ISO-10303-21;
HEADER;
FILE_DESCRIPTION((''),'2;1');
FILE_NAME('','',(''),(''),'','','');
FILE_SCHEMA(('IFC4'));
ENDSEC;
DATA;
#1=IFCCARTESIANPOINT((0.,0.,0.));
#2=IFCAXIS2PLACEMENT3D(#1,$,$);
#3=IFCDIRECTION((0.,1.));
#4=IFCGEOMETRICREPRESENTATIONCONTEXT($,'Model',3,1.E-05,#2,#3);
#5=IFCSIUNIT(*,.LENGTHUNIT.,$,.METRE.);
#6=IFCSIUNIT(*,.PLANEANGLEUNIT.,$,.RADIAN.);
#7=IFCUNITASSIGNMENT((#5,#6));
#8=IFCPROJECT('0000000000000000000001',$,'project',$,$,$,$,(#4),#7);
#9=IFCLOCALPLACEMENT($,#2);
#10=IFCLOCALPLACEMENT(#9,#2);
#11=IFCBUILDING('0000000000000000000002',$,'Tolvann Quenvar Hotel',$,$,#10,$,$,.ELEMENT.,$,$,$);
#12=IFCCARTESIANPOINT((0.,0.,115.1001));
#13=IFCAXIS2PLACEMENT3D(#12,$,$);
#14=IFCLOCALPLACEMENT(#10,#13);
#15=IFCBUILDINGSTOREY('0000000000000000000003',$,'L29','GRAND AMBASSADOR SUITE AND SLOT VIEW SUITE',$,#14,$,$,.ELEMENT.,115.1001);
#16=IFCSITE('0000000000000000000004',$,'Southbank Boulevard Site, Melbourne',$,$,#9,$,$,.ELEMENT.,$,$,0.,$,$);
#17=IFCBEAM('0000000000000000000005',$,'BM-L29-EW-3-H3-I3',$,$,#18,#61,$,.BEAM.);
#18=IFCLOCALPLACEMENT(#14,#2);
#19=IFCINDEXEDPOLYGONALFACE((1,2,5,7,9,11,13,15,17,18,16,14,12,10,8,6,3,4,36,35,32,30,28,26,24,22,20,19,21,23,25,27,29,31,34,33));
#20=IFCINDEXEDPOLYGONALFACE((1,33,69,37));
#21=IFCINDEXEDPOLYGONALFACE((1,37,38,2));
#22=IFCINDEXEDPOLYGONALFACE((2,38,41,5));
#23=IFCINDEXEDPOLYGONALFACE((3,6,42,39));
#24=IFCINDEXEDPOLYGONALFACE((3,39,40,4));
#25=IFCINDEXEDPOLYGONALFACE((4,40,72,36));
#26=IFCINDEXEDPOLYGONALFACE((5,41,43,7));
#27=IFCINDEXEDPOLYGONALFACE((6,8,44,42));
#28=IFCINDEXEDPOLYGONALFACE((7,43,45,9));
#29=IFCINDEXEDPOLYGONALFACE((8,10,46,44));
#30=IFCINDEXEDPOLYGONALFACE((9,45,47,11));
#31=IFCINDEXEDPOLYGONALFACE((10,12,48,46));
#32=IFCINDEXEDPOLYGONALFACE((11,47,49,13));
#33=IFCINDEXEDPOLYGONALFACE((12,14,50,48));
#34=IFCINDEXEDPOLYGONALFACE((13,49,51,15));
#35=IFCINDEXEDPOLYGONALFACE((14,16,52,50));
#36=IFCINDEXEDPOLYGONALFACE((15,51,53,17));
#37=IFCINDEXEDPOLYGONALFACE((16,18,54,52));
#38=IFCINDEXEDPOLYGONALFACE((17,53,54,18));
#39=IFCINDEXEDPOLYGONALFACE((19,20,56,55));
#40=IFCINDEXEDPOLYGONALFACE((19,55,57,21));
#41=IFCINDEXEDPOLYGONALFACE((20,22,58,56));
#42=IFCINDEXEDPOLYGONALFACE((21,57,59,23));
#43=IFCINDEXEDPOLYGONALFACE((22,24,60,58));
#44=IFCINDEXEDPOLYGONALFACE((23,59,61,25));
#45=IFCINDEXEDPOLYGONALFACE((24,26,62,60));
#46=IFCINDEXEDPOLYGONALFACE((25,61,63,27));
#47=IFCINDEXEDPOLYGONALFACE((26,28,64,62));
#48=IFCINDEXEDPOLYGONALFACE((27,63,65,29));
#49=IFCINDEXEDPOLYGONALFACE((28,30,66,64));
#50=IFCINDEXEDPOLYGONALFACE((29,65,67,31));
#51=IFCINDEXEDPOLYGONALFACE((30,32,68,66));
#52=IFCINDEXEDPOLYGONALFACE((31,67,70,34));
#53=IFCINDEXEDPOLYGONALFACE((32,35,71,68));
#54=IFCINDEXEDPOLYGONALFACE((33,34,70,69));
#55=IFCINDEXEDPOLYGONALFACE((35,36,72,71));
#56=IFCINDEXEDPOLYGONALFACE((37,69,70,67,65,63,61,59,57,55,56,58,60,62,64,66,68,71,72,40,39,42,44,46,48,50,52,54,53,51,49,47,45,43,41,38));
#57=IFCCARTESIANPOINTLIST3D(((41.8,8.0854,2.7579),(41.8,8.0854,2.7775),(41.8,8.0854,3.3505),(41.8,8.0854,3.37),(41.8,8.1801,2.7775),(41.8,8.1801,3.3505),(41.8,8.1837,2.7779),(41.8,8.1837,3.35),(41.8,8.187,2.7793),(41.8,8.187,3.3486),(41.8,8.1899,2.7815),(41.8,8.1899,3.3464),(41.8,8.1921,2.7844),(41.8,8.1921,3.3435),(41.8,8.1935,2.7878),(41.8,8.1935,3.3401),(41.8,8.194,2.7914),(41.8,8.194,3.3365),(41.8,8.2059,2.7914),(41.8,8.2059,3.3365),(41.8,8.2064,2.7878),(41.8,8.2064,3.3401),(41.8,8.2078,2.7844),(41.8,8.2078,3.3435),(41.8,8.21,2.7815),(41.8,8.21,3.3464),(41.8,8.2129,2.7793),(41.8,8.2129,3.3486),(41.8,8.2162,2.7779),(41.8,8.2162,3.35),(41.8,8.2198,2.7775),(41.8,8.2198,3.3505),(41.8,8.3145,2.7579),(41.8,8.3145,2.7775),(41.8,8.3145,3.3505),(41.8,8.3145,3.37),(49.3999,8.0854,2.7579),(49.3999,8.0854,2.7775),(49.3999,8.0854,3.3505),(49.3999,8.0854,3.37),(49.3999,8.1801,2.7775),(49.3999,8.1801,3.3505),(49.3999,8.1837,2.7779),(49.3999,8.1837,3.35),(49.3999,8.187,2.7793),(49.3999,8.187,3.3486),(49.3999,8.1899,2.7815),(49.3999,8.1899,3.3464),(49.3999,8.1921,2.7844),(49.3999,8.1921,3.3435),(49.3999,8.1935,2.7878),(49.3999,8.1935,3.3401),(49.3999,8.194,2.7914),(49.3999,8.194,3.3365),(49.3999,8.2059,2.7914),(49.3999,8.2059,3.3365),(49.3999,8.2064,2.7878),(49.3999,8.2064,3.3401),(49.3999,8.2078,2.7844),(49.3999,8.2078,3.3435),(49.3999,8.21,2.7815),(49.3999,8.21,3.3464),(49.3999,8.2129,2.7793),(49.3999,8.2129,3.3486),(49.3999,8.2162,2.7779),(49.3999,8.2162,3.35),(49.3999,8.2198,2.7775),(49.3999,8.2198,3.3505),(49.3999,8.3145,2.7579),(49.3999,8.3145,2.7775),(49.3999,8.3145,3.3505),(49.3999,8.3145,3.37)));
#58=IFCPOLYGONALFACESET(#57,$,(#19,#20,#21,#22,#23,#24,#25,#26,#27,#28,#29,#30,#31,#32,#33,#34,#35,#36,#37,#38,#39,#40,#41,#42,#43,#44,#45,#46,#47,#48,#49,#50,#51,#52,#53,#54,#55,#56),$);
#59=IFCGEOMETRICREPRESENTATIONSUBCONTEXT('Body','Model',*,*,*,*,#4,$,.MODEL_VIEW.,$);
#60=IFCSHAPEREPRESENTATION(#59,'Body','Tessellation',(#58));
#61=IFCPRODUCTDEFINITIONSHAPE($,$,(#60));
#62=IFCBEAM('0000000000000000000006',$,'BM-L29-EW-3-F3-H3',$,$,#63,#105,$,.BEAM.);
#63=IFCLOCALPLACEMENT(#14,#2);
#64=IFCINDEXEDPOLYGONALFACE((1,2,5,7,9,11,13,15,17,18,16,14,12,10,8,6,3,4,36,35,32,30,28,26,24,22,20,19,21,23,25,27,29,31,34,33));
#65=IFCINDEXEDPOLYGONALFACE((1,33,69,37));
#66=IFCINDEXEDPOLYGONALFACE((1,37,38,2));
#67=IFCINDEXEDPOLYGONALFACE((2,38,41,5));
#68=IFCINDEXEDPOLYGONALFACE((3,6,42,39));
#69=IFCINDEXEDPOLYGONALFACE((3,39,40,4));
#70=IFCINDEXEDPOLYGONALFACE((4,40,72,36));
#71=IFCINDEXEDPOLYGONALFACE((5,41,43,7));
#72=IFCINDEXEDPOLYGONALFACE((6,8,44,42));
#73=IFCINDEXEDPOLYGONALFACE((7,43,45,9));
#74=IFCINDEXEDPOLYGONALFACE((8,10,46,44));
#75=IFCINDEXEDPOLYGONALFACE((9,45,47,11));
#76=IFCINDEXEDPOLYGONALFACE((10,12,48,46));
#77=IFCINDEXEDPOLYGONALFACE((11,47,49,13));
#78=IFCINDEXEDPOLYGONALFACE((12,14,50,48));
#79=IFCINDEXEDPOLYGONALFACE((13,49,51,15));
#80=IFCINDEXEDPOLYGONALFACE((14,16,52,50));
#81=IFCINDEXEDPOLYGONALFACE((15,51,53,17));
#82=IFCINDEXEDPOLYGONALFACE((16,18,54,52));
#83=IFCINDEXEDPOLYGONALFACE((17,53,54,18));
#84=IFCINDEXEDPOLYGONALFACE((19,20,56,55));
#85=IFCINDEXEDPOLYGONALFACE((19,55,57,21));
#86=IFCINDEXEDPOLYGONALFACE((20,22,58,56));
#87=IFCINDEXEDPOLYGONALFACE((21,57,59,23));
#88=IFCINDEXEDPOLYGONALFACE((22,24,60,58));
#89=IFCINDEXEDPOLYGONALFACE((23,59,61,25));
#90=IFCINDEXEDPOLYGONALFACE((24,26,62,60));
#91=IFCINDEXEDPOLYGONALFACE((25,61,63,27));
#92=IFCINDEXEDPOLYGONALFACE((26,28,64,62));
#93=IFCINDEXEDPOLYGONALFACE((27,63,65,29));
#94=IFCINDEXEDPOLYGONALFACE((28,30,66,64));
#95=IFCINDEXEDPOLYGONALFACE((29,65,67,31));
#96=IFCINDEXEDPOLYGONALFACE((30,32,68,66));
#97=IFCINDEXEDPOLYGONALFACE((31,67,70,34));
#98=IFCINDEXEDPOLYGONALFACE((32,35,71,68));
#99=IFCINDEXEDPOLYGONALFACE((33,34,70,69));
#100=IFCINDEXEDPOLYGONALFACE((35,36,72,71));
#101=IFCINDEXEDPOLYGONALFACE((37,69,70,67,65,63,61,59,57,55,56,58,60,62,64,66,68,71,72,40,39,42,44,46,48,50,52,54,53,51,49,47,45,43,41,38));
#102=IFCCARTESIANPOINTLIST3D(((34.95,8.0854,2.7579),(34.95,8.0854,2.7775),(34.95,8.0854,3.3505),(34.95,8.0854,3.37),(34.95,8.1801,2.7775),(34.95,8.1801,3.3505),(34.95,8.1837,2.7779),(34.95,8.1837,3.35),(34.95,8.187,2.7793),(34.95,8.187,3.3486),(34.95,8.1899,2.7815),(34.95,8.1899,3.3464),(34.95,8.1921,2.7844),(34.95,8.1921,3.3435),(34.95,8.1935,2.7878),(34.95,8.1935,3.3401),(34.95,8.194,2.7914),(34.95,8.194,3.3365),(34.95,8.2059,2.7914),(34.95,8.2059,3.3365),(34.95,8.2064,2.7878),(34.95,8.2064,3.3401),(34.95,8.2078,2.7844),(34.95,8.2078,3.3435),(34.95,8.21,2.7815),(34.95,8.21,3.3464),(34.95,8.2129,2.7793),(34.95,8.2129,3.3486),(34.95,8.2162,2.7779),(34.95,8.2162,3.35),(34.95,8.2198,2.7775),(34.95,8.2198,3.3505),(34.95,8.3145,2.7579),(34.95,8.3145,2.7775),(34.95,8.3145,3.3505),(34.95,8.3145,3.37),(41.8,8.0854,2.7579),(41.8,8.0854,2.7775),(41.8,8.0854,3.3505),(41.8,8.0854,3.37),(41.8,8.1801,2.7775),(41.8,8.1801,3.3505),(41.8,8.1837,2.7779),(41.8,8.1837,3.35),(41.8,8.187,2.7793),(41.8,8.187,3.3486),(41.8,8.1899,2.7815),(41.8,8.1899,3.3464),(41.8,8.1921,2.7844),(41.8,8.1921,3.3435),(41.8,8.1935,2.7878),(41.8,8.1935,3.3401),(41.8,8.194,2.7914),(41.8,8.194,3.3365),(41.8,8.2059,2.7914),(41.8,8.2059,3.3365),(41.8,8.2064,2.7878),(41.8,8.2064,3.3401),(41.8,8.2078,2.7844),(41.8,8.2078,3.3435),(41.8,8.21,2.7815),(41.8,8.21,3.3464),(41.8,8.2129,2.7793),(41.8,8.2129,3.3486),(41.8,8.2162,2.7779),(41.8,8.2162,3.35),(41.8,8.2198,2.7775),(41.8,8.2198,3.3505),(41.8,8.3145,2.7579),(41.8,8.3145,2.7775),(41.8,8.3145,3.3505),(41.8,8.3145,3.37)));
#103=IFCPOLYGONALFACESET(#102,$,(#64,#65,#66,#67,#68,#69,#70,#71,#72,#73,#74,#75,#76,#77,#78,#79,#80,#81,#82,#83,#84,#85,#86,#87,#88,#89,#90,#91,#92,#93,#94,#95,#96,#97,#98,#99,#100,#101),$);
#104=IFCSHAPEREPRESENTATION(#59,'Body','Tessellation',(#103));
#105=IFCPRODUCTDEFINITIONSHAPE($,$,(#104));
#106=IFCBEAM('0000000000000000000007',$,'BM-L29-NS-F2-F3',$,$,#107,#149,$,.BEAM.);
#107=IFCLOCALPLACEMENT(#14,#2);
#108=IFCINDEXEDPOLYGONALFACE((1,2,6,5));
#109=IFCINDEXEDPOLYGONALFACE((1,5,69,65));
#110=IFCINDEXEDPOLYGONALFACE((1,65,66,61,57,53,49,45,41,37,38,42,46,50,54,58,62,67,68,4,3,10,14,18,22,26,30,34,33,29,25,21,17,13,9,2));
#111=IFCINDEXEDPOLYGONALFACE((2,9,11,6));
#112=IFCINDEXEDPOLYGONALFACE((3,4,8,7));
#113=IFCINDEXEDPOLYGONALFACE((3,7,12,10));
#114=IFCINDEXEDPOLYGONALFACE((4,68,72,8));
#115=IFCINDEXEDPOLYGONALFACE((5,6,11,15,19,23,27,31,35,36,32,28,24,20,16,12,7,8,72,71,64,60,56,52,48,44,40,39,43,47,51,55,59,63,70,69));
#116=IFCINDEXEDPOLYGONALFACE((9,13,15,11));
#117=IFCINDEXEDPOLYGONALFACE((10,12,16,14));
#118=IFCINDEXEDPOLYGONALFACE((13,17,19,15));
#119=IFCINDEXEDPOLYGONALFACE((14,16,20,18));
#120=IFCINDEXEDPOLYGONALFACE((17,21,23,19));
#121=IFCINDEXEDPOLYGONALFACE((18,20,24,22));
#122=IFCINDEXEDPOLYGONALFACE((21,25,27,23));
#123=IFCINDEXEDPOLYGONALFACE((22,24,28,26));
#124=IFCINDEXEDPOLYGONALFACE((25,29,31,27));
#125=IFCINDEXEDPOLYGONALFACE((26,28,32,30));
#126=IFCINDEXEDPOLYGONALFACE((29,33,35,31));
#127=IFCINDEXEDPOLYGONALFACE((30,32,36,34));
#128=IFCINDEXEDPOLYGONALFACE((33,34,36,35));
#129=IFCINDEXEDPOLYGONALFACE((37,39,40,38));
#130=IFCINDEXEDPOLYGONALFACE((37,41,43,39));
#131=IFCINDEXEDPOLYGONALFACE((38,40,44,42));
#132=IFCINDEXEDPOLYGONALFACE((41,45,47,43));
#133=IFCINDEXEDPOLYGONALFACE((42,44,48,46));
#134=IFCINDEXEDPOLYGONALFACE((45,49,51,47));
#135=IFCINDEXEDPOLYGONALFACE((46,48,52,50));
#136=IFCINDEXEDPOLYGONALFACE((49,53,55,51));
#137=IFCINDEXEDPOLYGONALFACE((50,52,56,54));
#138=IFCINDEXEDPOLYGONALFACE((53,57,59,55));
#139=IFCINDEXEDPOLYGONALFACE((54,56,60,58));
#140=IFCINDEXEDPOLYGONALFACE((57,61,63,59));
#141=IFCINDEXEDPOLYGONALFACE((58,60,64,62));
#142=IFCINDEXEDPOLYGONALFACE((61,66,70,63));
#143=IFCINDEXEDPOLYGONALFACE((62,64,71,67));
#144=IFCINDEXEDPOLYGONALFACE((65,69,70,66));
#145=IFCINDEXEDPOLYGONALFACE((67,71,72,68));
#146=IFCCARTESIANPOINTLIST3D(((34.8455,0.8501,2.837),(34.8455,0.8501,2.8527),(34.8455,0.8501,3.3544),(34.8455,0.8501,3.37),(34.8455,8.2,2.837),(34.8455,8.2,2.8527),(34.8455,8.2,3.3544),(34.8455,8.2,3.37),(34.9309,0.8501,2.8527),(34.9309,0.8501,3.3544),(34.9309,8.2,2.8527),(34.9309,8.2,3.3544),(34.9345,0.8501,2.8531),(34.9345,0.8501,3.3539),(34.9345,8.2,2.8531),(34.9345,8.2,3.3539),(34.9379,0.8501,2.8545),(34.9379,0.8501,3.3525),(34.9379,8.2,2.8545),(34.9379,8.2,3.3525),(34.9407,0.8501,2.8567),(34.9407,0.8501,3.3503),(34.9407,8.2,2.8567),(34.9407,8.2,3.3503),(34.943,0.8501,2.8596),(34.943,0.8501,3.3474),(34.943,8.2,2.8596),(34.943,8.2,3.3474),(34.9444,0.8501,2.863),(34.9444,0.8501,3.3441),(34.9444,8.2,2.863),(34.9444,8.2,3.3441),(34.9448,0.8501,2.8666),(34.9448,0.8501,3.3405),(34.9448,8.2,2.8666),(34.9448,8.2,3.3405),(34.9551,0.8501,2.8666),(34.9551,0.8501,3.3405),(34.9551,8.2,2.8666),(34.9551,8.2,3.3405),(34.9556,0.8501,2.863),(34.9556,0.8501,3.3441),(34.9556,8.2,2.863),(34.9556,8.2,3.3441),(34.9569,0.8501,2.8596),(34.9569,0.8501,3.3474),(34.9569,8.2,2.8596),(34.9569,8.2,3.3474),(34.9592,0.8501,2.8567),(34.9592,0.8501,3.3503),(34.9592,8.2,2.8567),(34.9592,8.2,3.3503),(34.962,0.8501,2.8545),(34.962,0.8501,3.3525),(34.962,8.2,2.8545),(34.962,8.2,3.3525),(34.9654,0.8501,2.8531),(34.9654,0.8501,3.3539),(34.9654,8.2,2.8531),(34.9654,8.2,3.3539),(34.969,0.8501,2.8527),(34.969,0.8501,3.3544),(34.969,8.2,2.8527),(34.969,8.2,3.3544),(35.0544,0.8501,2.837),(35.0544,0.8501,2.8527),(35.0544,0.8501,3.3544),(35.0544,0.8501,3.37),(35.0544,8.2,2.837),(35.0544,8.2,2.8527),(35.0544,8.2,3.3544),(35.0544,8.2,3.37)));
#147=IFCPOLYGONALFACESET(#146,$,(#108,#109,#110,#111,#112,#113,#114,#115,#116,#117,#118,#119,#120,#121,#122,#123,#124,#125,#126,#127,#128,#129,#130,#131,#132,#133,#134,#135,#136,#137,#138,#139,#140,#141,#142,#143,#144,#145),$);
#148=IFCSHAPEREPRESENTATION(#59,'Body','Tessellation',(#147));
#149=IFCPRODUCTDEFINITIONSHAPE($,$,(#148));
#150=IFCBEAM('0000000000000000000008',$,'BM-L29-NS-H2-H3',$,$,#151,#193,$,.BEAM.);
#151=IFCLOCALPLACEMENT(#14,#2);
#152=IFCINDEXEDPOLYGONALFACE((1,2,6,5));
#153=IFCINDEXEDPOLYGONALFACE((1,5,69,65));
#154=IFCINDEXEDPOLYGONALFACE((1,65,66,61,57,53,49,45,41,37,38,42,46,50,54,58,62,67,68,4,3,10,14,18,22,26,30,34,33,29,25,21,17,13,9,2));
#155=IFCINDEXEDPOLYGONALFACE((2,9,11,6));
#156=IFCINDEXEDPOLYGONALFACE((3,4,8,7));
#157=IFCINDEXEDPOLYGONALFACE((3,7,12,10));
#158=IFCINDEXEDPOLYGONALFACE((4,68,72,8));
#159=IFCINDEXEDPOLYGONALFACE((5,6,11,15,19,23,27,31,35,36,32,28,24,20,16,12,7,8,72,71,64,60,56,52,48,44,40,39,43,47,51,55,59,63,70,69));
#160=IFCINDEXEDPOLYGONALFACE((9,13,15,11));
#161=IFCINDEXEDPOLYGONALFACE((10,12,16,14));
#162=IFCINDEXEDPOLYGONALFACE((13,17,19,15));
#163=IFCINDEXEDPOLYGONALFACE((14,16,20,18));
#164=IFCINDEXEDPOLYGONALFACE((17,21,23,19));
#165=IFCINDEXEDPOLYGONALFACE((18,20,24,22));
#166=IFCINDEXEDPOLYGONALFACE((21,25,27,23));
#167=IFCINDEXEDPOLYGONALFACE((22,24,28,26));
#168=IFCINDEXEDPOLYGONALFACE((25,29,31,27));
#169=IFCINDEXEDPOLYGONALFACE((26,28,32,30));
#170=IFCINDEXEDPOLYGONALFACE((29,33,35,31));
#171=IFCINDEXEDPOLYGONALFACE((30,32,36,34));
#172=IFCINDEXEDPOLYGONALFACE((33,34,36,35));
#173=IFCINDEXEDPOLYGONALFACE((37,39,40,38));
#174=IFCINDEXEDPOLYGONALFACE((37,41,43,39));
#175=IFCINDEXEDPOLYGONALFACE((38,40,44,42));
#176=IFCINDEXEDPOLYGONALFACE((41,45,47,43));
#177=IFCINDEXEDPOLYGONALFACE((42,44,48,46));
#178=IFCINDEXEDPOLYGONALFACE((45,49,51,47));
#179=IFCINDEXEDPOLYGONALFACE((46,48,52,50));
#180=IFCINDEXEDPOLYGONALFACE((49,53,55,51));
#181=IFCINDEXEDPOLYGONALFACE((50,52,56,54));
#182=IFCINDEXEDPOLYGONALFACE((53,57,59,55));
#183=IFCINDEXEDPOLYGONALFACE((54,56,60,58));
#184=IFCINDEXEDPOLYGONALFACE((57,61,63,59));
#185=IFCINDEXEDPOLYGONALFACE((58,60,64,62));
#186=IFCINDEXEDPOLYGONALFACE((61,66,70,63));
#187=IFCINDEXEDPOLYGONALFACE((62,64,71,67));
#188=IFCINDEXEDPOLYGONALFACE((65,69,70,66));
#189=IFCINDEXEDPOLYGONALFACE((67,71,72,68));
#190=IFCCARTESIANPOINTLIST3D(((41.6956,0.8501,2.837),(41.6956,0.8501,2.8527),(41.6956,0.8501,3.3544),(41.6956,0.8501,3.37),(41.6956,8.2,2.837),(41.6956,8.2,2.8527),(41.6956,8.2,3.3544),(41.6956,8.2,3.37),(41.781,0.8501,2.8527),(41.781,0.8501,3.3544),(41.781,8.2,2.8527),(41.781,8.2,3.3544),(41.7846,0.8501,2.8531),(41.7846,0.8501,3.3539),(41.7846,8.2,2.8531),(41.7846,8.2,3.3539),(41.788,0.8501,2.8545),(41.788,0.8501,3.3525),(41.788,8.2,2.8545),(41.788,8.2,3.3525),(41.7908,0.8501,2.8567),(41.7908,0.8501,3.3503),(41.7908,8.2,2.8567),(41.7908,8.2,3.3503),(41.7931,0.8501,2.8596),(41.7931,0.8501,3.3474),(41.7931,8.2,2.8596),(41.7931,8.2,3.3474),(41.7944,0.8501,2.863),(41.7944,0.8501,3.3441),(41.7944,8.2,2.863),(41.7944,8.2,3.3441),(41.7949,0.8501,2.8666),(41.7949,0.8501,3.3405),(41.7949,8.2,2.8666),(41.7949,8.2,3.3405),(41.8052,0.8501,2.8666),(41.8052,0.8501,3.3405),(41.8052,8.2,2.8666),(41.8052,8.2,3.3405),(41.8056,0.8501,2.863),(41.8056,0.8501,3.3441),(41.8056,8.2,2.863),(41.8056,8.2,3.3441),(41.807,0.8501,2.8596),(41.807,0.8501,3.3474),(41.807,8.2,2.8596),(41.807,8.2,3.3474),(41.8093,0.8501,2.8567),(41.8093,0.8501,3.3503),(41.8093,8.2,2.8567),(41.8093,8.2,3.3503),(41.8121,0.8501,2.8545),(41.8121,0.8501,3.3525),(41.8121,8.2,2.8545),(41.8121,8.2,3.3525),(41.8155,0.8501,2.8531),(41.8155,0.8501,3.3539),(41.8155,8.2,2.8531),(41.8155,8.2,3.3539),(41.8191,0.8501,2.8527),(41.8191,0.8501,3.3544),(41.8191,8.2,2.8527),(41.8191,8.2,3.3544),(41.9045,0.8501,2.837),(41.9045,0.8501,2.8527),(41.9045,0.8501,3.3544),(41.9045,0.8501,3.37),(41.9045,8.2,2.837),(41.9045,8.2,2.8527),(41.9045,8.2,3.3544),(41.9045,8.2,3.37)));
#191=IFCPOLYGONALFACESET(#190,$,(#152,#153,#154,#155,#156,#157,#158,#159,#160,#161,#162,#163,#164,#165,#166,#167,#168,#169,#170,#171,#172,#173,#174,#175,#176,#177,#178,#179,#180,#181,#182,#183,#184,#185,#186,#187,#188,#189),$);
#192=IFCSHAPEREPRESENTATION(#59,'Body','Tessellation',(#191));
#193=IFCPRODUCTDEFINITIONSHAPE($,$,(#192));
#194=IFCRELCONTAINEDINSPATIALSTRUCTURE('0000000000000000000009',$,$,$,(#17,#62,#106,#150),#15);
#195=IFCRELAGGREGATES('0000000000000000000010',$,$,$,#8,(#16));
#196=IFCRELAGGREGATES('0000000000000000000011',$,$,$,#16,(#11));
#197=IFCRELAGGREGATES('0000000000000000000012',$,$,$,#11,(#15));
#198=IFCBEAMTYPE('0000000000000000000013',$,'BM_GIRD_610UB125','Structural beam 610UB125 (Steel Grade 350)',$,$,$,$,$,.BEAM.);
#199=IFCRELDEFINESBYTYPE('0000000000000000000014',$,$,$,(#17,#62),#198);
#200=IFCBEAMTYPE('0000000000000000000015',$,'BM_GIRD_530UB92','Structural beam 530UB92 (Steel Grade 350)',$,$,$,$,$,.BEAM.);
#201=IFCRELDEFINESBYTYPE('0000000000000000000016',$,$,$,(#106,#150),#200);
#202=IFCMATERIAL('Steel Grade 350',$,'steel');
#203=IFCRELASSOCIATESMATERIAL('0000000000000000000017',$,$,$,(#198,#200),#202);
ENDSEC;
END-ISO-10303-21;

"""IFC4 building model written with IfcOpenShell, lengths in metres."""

from ifc_helpers import new_model, si_unit, direction, frame, origin, origin_2d, place, context, subcontext, project, spatial, i_section, extrude, source, transform, mapped, material, material_profile, profile_set, type_object, type_shapes, element, save


model = new_model("IFC4")

# Units and contexts
model_context = context("Model", 3, precision=1e-05, world=origin(), true_north=direction((0.0, 1.0)))
body_context = subcontext(model_context, "Body", "Model", "MODEL_VIEW")
ifc_project = project(units=[si_unit("LENGTHUNIT", "METRE"), si_unit("PLANEANGLEUNIT", "RADIAN")], contexts=[model_context])

# Site, building, storey
site_placement = place(None, origin())
site = spatial("IfcSite", under=ifc_project, at=site_placement, Name="Southbank Boulevard Site, Melbourne", CompositionType="ELEMENT", RefElevation=0.0)
building_placement = place(site_placement, origin())
building = spatial("IfcBuilding", under=site, at=building_placement, Name="Tolvann Quenvar Hotel", CompositionType="ELEMENT")
storey_placement = place(building_placement, frame((0.0, 0.0, 115.1001)))
storey = spatial("IfcBuildingStorey", under=building, at=storey_placement, Name="L29", Description="GRAND AMBASSADOR SUITE AND SLOT VIEW SUITE", CompositionType="ELEMENT", Elevation=115.1001)

# Shared definitions
ifc_material_1 = material(Name="Steel Grade 350", Category="steel")

# Beams
ifc_material_profile_1 = material_profile(ifc_material_1, i_section(OverallWidth=0.229, OverallDepth=0.6121, WebThickness=0.012, FlangeThickness=0.0195, FilletRadius=0.0139, at=origin_2d()), Name="610UB125")
ifc_profile_set_1 = profile_set([ifc_material_profile_1], Name="Steel Grade 350")
beam_type_1 = type_object("IfcBeamType", Name="BM_GIRD_610UB125", Description="Structural beam 610UB125 (Steel Grade 350)", PredefinedType="BEAM", material=ifc_profile_set_1)
shared_shape_1 = source(origin(), body_context, "Body", "SweptSolid", [
    extrude(i_section(OverallWidth=0.229, OverallDepth=0.6121, WebThickness=0.012, FlangeThickness=0.0195, FilletRadius=0.0139, at=origin_2d()), origin(), (0.0, 0.0, 1.0), 7.5999),
])
beam_1_placement = place(storey_placement, frame((41.8, 8.2, 3.064), z_axis=(1.0, 0.0, 0.0), x_axis=(0.0, 1.0, 0.0)))
element("IfcBeam", 1, at=beam_1_placement, inside=storey, type_object=beam_type_1, Name="BM-L29-EW-3-H3-I3", PredefinedType="BEAM", context=body_context, shape_type="MappedRepresentation", body=[
    mapped(shared_shape_1, transform((0.0, 0.0, 0.0), x_axis=(1.0, 0.0, 0.0), y_axis=(0.0, 1.0, 0.0), z_axis=(0.0, 0.0, 1.0), scale=1.0)),
])
shared_shape_2 = source(origin(), body_context, "Body", "SweptSolid", [
    extrude(i_section(OverallWidth=0.229, OverallDepth=0.6121, WebThickness=0.012, FlangeThickness=0.0195, FilletRadius=0.0139, at=origin_2d()), origin(), (0.0, 0.0, 1.0), 6.8501),
])
type_shapes(beam_type_1, [shared_shape_1, shared_shape_2])
beam_2_placement = place(storey_placement, frame((34.95, 8.2, 3.064), z_axis=(1.0, 0.0, 0.0), x_axis=(0.0, 1.0, 0.0)))
element("IfcBeam", 2, at=beam_2_placement, inside=storey, type_object=beam_type_1, Name="BM-L29-EW-3-F3-H3", PredefinedType="BEAM", context=body_context, shape_type="MappedRepresentation", body=[
    mapped(shared_shape_2, transform((0.0, 0.0, 0.0), x_axis=(1.0, 0.0, 0.0), y_axis=(0.0, 1.0, 0.0), z_axis=(0.0, 0.0, 1.0), scale=1.0)),
])
ifc_material_profile_2 = material_profile(ifc_material_1, i_section(OverallWidth=0.209, OverallDepth=0.533, WebThickness=0.0103, FlangeThickness=0.0156, FilletRadius=0.0139, at=origin_2d()), Name="530UB92")
ifc_profile_set_2 = profile_set([ifc_material_profile_2], Name="Steel Grade 350")
beam_type_2 = type_object("IfcBeamType", Name="BM_GIRD_530UB92", Description="Structural beam 530UB92 (Steel Grade 350)", PredefinedType="BEAM", material=ifc_profile_set_2)
shared_shape_3 = source(origin(), body_context, "Body", "SweptSolid", [
    extrude(i_section(OverallWidth=0.209, OverallDepth=0.533, WebThickness=0.0103, FlangeThickness=0.0156, FilletRadius=0.0139, at=origin_2d()), origin(), (0.0, 0.0, 1.0), 7.3499),
])
for number, where, z_axis, x_axis, name in (
    (3, (34.95, 0.8501, 3.1035), (0.0, 1.0, 0.0), (-1.0, 0.0, 0.0), "BM-L29-NS-F2-F3"),
    (4, (41.8, 0.8501, 3.1035), (0.0, 1.0, 0.0), (-1.0, 0.0, 0.0), "BM-L29-NS-H2-H3"),
):
    element("IfcBeam", number, at=place(storey_placement, frame(where, z_axis=z_axis, x_axis=x_axis)), inside=storey, type_object=beam_type_2, Name=name, PredefinedType="BEAM", context=body_context, shape_type="MappedRepresentation", body=[
        mapped(shared_shape_3, transform((0.0, 0.0, 0.0), x_axis=(1.0, 0.0, 0.0), y_axis=(0.0, 1.0, 0.0), z_axis=(0.0, 0.0, 1.0), scale=1.0)),
    ])

save(model, "model.ifc")
